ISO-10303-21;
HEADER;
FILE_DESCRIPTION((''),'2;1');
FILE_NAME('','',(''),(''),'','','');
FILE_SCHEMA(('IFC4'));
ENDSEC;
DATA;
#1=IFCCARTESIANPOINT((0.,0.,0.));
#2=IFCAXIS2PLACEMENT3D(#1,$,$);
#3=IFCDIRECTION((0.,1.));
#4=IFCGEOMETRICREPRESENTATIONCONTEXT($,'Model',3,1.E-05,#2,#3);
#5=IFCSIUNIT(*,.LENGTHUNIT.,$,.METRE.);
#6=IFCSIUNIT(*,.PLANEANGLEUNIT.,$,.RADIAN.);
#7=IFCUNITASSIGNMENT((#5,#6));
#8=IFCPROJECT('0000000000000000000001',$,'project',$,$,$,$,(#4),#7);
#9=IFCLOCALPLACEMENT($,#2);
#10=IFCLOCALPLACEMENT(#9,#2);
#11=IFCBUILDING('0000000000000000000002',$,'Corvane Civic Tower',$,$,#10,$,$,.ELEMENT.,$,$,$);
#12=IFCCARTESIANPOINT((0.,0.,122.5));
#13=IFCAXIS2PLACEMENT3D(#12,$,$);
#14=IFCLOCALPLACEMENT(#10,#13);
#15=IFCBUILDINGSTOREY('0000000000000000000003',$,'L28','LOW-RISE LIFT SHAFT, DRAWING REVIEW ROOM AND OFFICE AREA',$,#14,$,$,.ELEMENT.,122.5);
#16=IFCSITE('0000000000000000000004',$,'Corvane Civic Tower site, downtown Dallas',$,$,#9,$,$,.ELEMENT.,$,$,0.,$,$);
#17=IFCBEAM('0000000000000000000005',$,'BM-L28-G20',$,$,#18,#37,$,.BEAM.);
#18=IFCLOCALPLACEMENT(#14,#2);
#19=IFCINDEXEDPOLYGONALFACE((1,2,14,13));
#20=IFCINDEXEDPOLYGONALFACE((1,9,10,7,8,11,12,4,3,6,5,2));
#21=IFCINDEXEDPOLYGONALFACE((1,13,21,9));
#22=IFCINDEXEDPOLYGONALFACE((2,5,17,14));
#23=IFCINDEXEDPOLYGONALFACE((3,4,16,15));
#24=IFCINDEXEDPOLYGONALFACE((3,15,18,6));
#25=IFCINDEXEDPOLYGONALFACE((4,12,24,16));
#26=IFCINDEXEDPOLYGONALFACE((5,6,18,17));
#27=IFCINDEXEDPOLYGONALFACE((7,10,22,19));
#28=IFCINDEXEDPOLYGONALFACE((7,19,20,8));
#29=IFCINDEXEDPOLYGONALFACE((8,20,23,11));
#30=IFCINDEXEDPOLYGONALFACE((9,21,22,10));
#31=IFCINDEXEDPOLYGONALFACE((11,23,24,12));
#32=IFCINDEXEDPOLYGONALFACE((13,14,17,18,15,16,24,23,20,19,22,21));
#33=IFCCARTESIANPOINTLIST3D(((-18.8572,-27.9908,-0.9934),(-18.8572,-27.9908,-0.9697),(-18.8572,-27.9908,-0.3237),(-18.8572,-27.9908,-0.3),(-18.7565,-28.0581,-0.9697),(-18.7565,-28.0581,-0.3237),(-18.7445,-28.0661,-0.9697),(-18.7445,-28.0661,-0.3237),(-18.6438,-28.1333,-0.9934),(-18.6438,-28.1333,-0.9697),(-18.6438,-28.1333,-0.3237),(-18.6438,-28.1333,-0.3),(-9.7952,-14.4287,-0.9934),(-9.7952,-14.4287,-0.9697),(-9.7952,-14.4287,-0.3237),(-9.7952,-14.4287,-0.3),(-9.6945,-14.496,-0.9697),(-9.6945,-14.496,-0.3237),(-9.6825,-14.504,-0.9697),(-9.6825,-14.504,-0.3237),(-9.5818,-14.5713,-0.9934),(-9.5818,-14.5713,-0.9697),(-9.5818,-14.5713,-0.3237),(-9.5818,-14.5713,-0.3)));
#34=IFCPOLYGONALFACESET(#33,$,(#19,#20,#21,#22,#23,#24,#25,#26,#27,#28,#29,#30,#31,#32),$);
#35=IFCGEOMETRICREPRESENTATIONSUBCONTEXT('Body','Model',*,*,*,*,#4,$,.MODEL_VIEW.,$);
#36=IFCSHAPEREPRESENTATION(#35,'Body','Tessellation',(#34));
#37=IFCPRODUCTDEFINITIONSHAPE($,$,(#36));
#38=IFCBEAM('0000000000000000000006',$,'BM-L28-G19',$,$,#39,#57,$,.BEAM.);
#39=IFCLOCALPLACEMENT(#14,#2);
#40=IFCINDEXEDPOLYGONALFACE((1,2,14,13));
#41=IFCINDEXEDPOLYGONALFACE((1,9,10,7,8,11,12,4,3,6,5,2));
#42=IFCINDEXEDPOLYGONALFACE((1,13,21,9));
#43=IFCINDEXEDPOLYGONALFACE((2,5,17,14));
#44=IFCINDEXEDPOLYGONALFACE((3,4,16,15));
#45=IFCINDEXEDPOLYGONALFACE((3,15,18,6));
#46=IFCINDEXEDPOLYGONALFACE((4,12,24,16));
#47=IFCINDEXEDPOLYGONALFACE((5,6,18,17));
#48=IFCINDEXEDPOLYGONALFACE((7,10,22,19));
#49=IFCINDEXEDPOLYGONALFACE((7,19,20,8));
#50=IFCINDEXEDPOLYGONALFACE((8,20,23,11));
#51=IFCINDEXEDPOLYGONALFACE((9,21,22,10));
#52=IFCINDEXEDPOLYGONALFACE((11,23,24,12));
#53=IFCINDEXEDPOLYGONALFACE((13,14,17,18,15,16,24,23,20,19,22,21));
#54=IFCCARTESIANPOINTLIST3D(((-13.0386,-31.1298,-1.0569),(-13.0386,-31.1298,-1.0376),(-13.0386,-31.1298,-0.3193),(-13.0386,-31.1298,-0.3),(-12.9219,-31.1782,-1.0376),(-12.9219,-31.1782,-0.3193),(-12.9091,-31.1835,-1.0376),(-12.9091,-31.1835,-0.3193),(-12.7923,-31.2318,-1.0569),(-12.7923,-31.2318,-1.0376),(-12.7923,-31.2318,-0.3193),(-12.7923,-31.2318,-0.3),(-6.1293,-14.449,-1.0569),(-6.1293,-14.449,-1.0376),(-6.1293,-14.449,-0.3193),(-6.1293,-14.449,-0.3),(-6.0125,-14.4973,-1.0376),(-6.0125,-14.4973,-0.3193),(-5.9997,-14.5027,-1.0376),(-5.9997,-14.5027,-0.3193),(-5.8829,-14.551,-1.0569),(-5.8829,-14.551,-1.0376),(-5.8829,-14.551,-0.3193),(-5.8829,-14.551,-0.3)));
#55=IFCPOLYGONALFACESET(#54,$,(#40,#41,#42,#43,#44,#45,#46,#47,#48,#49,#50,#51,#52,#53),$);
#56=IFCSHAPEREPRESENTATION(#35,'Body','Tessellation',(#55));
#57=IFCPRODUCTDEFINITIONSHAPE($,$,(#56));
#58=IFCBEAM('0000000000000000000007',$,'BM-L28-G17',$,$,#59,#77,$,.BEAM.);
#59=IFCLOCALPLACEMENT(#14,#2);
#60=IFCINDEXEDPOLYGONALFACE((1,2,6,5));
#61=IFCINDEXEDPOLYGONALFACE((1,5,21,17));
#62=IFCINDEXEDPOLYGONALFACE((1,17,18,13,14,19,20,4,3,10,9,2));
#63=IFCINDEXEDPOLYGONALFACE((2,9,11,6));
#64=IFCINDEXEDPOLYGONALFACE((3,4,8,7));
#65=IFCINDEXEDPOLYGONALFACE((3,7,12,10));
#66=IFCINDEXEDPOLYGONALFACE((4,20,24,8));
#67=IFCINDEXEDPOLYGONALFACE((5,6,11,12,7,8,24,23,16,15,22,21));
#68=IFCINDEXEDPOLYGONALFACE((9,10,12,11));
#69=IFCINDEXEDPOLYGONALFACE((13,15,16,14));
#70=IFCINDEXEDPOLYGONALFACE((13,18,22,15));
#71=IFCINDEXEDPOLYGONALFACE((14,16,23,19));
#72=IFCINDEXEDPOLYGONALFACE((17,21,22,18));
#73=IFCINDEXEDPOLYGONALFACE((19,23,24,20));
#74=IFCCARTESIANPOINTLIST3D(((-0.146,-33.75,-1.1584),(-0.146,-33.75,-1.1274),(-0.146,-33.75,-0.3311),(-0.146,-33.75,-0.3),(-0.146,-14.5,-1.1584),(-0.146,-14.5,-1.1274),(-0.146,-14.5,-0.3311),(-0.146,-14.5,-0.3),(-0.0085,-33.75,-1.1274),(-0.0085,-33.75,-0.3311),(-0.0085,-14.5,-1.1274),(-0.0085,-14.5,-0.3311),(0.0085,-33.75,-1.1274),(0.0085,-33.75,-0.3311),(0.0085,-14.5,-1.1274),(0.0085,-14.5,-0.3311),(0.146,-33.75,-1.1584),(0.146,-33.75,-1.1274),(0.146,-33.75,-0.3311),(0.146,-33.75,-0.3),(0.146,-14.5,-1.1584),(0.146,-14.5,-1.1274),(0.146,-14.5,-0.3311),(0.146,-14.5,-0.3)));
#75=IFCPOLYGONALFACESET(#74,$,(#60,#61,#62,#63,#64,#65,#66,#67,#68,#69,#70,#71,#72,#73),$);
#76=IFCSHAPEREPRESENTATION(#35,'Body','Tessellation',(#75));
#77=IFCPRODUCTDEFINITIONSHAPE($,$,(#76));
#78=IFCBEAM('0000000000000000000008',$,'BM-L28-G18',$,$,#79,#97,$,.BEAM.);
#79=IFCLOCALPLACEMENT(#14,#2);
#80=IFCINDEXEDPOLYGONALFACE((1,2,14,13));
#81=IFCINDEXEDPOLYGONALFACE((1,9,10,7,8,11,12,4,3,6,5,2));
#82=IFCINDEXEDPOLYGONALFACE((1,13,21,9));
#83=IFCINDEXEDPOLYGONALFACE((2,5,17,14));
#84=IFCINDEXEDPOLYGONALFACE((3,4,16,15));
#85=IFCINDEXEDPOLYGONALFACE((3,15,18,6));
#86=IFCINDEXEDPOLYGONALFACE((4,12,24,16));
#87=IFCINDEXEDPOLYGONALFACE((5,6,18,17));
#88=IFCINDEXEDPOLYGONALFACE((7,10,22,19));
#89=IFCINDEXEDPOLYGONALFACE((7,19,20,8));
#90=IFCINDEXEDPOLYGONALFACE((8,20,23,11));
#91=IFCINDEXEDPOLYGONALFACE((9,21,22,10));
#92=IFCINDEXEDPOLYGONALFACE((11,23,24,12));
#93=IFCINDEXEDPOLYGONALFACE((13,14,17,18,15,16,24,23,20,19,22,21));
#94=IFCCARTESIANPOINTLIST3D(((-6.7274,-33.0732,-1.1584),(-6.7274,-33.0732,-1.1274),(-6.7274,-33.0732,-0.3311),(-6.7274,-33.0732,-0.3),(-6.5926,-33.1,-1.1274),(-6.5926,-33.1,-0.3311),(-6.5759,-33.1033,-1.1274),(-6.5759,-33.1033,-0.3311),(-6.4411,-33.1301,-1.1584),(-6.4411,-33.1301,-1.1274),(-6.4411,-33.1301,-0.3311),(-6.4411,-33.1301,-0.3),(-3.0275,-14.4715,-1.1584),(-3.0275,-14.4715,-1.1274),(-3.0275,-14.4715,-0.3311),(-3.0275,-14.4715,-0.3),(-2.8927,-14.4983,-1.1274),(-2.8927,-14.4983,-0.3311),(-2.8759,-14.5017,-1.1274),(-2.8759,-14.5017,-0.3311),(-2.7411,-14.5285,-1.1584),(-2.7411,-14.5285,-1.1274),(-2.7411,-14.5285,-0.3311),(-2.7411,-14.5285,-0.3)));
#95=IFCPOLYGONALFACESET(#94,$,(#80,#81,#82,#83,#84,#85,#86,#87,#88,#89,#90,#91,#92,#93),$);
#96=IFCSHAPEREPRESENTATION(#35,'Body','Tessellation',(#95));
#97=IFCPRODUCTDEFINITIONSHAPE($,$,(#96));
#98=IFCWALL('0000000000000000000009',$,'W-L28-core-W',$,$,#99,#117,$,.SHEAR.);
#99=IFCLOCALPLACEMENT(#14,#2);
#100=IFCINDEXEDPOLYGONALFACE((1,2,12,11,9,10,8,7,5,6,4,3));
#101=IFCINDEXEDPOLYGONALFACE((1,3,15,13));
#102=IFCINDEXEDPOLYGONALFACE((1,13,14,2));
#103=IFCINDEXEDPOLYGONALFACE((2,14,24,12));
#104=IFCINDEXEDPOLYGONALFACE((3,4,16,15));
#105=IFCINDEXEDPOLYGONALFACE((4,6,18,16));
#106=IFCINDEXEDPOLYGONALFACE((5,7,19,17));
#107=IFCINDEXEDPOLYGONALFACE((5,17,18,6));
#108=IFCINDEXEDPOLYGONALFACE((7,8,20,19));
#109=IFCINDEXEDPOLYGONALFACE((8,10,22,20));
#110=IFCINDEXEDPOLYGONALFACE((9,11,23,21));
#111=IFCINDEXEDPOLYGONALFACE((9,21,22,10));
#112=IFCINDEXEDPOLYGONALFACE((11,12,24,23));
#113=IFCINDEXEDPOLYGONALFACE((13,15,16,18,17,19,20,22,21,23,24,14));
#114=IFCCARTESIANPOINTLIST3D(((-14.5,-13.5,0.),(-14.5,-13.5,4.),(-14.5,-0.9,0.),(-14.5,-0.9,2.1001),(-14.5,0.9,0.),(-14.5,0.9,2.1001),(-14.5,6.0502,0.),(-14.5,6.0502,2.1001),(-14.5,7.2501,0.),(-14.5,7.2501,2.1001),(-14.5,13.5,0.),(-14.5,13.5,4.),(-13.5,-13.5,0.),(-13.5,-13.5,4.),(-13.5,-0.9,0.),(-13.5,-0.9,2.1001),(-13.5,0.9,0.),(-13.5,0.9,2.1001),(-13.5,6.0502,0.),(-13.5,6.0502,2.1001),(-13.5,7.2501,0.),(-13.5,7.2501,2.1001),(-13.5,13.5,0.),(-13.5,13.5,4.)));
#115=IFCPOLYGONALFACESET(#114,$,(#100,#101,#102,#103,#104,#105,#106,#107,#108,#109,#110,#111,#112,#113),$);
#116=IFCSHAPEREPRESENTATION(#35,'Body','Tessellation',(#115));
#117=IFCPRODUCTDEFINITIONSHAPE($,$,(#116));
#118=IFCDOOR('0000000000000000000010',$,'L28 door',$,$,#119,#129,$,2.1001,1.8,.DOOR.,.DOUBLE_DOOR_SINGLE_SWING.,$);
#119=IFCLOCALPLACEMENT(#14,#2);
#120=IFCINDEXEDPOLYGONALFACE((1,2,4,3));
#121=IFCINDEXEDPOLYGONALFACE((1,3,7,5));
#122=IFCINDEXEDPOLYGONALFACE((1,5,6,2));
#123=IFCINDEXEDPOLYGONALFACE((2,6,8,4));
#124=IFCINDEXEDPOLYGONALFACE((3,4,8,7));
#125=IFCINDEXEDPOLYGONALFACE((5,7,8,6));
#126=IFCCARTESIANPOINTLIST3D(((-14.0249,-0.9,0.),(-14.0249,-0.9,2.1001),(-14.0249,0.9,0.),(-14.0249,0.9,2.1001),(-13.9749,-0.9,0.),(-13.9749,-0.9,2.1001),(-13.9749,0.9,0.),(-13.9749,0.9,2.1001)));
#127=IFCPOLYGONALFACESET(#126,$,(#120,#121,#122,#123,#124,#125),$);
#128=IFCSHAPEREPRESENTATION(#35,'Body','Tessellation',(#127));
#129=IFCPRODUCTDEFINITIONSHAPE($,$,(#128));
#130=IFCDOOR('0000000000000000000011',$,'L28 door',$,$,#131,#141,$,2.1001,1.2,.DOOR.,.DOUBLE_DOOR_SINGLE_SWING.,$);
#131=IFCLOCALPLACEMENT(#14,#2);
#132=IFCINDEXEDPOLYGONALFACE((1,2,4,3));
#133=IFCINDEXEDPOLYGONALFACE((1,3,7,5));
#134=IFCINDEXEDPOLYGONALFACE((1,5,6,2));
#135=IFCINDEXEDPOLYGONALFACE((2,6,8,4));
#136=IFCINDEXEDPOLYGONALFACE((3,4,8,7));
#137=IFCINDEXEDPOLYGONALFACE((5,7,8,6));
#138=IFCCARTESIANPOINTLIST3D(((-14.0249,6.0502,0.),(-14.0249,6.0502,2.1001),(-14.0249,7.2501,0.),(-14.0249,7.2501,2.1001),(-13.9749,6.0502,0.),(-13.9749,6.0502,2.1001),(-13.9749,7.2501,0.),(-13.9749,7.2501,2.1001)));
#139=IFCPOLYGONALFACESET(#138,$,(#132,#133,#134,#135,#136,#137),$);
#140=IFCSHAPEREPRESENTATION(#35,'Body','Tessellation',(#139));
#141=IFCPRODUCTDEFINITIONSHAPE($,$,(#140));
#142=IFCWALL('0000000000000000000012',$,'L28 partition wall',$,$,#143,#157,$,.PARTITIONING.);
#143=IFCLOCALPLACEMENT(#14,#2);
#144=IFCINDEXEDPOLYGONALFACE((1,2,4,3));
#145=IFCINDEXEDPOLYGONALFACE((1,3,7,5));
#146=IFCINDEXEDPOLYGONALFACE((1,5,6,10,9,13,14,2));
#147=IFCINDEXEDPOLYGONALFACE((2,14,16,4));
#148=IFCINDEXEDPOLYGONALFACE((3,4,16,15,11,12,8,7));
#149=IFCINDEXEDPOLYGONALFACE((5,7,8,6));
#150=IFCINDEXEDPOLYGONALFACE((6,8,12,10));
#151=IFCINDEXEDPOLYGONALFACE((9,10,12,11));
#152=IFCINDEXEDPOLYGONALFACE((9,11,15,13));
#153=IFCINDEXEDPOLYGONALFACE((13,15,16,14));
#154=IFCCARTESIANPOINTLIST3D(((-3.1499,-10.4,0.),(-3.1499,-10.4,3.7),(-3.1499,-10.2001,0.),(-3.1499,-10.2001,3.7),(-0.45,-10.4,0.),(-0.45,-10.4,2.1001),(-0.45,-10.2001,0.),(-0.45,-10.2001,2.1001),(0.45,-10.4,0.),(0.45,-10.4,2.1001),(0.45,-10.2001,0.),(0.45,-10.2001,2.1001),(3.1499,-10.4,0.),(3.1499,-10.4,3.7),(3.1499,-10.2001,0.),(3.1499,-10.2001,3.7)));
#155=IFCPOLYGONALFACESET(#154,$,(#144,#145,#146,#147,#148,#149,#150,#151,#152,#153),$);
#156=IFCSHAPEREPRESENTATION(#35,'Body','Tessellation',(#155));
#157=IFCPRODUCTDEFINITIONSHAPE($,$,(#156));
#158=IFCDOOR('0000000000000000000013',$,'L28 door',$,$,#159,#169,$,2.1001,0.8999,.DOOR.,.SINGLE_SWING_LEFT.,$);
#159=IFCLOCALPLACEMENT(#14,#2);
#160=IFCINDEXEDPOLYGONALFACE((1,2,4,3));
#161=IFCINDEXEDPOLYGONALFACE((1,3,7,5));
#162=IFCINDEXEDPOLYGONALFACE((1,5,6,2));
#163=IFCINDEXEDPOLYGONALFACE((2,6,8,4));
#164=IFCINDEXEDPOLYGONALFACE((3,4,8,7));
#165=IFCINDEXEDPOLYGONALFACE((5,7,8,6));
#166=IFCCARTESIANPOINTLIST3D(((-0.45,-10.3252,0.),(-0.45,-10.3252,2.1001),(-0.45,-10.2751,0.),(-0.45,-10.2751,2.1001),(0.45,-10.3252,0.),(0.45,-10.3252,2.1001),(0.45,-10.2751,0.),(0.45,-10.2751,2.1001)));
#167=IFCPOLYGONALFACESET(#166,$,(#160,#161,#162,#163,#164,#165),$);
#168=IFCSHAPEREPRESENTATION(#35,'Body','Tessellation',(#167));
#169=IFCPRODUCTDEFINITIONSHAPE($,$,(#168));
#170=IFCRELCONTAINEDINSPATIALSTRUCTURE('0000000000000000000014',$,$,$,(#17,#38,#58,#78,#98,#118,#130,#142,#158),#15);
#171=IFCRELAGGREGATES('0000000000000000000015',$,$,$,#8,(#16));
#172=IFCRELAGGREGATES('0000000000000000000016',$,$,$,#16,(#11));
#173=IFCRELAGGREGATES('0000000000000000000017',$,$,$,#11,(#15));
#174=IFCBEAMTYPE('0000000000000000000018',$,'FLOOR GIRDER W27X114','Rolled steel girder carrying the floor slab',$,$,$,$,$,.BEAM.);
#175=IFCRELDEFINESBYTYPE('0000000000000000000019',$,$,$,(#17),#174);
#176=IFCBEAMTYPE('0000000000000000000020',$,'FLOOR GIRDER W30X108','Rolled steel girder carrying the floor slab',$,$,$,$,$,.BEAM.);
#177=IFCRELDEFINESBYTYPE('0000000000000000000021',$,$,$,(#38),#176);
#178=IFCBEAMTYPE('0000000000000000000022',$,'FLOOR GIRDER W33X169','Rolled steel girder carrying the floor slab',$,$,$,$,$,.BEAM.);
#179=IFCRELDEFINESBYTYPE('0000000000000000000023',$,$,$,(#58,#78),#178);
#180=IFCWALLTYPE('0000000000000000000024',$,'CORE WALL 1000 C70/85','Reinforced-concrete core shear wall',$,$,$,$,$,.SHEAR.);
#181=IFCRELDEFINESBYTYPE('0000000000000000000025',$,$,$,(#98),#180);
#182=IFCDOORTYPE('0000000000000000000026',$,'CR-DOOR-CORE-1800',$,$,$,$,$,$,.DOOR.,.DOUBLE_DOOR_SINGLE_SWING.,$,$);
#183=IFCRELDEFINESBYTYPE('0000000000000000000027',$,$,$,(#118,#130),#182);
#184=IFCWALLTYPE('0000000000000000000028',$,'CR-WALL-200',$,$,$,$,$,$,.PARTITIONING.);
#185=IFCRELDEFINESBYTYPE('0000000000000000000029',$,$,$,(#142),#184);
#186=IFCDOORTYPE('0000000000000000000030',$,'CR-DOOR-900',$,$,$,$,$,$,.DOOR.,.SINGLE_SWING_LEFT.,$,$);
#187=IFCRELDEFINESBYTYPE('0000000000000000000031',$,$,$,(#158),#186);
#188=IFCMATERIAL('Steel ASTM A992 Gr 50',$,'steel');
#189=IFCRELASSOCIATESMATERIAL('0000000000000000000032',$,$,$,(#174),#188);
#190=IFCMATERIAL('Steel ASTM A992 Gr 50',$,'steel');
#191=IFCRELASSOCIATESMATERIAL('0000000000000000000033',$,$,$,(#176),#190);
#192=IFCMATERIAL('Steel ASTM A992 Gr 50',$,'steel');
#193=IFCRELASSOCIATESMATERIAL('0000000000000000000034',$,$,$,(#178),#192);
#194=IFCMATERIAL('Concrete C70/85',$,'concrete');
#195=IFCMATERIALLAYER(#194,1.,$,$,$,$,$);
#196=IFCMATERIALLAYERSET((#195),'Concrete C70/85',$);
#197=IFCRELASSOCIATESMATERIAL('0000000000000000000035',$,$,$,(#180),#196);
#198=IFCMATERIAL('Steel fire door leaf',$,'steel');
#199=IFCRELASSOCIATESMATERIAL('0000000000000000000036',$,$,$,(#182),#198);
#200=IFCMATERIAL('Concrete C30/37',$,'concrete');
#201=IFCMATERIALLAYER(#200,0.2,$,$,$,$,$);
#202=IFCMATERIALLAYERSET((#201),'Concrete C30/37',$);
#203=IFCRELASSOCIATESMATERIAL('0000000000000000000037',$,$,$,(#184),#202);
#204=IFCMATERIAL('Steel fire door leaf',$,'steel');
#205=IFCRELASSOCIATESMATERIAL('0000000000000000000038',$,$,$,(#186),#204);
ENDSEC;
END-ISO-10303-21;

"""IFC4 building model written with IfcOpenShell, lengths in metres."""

from ifc_helpers import new_model, si_unit, direction, frame, frame_2d, origin, origin_2d, place, context, subcontext, project, spatial, rectangle, i_section, extrude, material, layer, layer_set, material_profile, profile_set, type_object, element, fill, save


model = new_model("IFC4")

# Units and contexts
model_context = context("Model", 3, precision=1e-05, world=origin(), true_north=direction((0.0, 1.0)))
body_context = subcontext(model_context, "Body", "Model", "MODEL_VIEW")
ifc_project = project(units=[si_unit("LENGTHUNIT", "METRE"), si_unit("PLANEANGLEUNIT", "RADIAN")], contexts=[model_context])

# Site, building, storey
site_placement = place(None, origin())
site = spatial("IfcSite", under=ifc_project, at=site_placement, Name="Corvane Civic Tower site, downtown Dallas", CompositionType="ELEMENT", RefElevation=0.0)
building_placement = place(site_placement, origin())
building = spatial("IfcBuilding", under=site, at=building_placement, Name="Corvane Civic Tower", CompositionType="ELEMENT")
storey_placement = place(building_placement, frame((0.0, 0.0, 122.5)))
storey = spatial("IfcBuildingStorey", under=building, at=storey_placement, Name="L28", Description="LOW-RISE LIFT SHAFT, DRAWING REVIEW ROOM AND OFFICE AREA", CompositionType="ELEMENT", Elevation=122.5)

# Beams
ifc_material_1 = material(Name="Steel ASTM A992 Gr 50", Category="steel")
ifc_material_profile_1 = material_profile(ifc_material_1, i_section(OverallWidth=0.2566, OverallDepth=0.6934, WebThickness=0.0144, FlangeThickness=0.0237, at=origin_2d()), Name="W27X114")
ifc_profile_set_1 = profile_set([ifc_material_profile_1], Name="Steel ASTM A992 Gr 50")
beam_type_1 = type_object("IfcBeamType", Name="FLOOR GIRDER W27X114", Description="Rolled steel girder carrying the floor slab", PredefinedType="BEAM", material=ifc_profile_set_1)
beam_1_placement = place(storey_placement, frame((-9.6885, -14.5, -0.6467), z_axis=(-0.555577, -0.831465, 0.0), x_axis=(0.831465, -0.555577, 0.0)))
element("IfcBeam", 1, at=beam_1_placement, inside=storey, type_object=beam_type_1, Name="BM-L28-G20", PredefinedType="BEAM", context=body_context, shape_type="SweptSolid", body=[
    extrude(i_section(OverallWidth=0.2566, OverallDepth=0.6934, WebThickness=0.0144, FlangeThickness=0.0237, at=origin_2d()), origin(), (0.0, 0.0, 1.0), 16.311),
])
ifc_material_2 = material(Name="Steel ASTM A992 Gr 50", Category="steel")
ifc_material_profile_2 = material_profile(ifc_material_2, i_section(OverallWidth=0.2666, OverallDepth=0.7568, WebThickness=0.0139, FlangeThickness=0.0193, at=origin_2d()), Name="W30X108")
ifc_profile_set_2 = profile_set([ifc_material_profile_2], Name="Steel ASTM A992 Gr 50")
beam_type_2 = type_object("IfcBeamType", Name="FLOOR GIRDER W30X108", Description="Rolled steel girder carrying the floor slab", PredefinedType="BEAM", material=ifc_profile_set_2)
beam_2_placement = place(storey_placement, frame((-6.0061, -14.5, -0.6785), z_axis=(-0.382682, -0.92388, 0.0), x_axis=(0.92388, -0.382682, 0.0)))
element("IfcBeam", 2, at=beam_2_placement, inside=storey, type_object=beam_type_2, Name="BM-L28-G19", PredefinedType="BEAM", context=body_context, shape_type="SweptSolid", body=[
    extrude(i_section(OverallWidth=0.2666, OverallDepth=0.7568, WebThickness=0.0139, FlangeThickness=0.0193, at=origin_2d()), origin(), (0.0, 0.0, 1.0), 18.0552),
])
ifc_material_3 = material(Name="Steel ASTM A992 Gr 50", Category="steel")
ifc_material_profile_3 = material_profile(ifc_material_3, i_section(OverallWidth=0.292, OverallDepth=0.8584, WebThickness=0.0171, FlangeThickness=0.031, at=origin_2d()), Name="W33X169")
ifc_profile_set_3 = profile_set([ifc_material_profile_3], Name="Steel ASTM A992 Gr 50")
beam_type_3 = type_object("IfcBeamType", Name="FLOOR GIRDER W33X169", Description="Rolled steel girder carrying the floor slab", PredefinedType="BEAM", material=ifc_profile_set_3)
beam_3_placement = place(storey_placement, frame((0.0, -14.5, -0.7292), z_axis=(0.0, -1.0, 0.0), x_axis=(1.0, 0.0, 0.0)))
element("IfcBeam", 3, at=beam_3_placement, inside=storey, type_object=beam_type_3, Name="BM-L28-G17", PredefinedType="BEAM", context=body_context, shape_type="SweptSolid", body=[
    extrude(i_section(OverallWidth=0.292, OverallDepth=0.8584, WebThickness=0.0171, FlangeThickness=0.031, at=origin_2d()), origin(), (0.0, 0.0, 1.0), 19.25),
])
beam_4_placement = place(storey_placement, frame((-2.8843, -14.5, -0.7292), z_axis=(-0.195084, -0.980787, 0.0), x_axis=(0.980787, -0.195084, 0.0)))
element("IfcBeam", 4, at=beam_4_placement, inside=storey, type_object=beam_type_3, Name="BM-L28-G18", PredefinedType="BEAM", context=body_context, shape_type="SweptSolid", body=[
    extrude(i_section(OverallWidth=0.292, OverallDepth=0.8584, WebThickness=0.0171, FlangeThickness=0.031, at=origin_2d()), origin(), (0.0, 0.0, 1.0), 18.9661),
])

# Wall, openings, doors
ifc_material_4 = material(Name="Concrete C70/85", Category="concrete")
ifc_layer_1 = layer(ifc_material_4, 1.0)
ifc_layer_set_1 = layer_set([ifc_layer_1], Name="Concrete C70/85")
wall_type_1 = type_object("IfcWallType", Name="CORE WALL 1000 C70/85", Description="Reinforced-concrete core shear wall", PredefinedType="SHEAR", material=ifc_layer_set_1)
wall_1_placement = place(storey_placement, frame((-14.0, -13.5, 0.0), z_axis=(0.0, 0.0, 1.0), x_axis=(0.0, 1.0, 0.0)))
wall_1 = element("IfcWall", 5, at=wall_1_placement, inside=storey, type_object=wall_type_1, Name="W-L28-core-W", PredefinedType="SHEAR", context=body_context, shape_type="SweptSolid", body=[
    extrude(rectangle(XDim=27.0, YDim=1.0, at=frame_2d((13.5, 0.0))), origin(), (0.0, 0.0, 1.0), 4.0),
])
opening_1_placement = place(wall_1_placement, frame((12.6001, 0.0, 0.0)))
opening_1 = element("IfcOpeningElement", 6, at=opening_1_placement, cuts=wall_1, PredefinedType="OPENING", context=body_context, shape_type="SweptSolid", body=[
    extrude(rectangle(XDim=1.8, YDim=2.1001, at=frame_2d((0.8999, 1.05))), frame((0.0, 0.51, 0.0), z_axis=(0.0, -1.0, 0.0), x_axis=(1.0, 0.0, 0.0)), (0.0, 0.0, 1.0), 1.02),
])
opening_2_placement = place(wall_1_placement, frame((19.55, 0.0, 0.0)))
opening_2 = element("IfcOpeningElement", 7, at=opening_2_placement, cuts=wall_1, PredefinedType="OPENING", context=body_context, shape_type="SweptSolid", body=[
    extrude(rectangle(XDim=1.2, YDim=2.1001, at=frame_2d((0.6001, 1.05))), frame((0.0, 0.51, 0.0), z_axis=(0.0, -1.0, 0.0), x_axis=(1.0, 0.0, 0.0)), (0.0, 0.0, 1.0), 1.02),
])
ifc_material_5 = material(Name="Steel fire door leaf", Category="steel")
door_type_1 = type_object("IfcDoorType", Name="CR-DOOR-CORE-1800", OperationType="DOUBLE_DOOR_SINGLE_SWING", PredefinedType="DOOR", material=ifc_material_5)
door_1_placement = place(opening_1_placement, origin())
door_1 = element("IfcDoor", 8, at=door_1_placement, inside=storey, type_object=door_type_1, Name="L28 door", OperationType="DOUBLE_DOOR_SINGLE_SWING", OverallHeight=2.1001, OverallWidth=1.8, PredefinedType="DOOR", context=body_context, shape_type="SweptSolid", body=[
    extrude(rectangle(XDim=1.8, YDim=2.1001, at=frame_2d((0.8999, 1.05))), frame((0.0, 0.0249, 0.0), z_axis=(0.0, -1.0, 0.0), x_axis=(1.0, 0.0, 0.0)), (0.0, 0.0, 1.0), 0.05),
])
fill(opening_1, door_1)
door_2_placement = place(opening_2_placement, origin())
door_2 = element("IfcDoor", 9, at=door_2_placement, inside=storey, type_object=door_type_1, Name="L28 door", OperationType="DOUBLE_DOOR_SINGLE_SWING", OverallHeight=2.1001, OverallWidth=1.2, PredefinedType="DOOR", context=body_context, shape_type="SweptSolid", body=[
    extrude(rectangle(XDim=1.2, YDim=2.1001, at=frame_2d((0.6001, 1.05))), frame((0.0, 0.0249, 0.0), z_axis=(0.0, -1.0, 0.0), x_axis=(1.0, 0.0, 0.0)), (0.0, 0.0, 1.0), 0.05),
])
fill(opening_2, door_2)

# Wall, opening, door
ifc_material_6 = material(Name="Concrete C30/37", Category="concrete")
ifc_layer_2 = layer(ifc_material_6, 0.2)
ifc_layer_set_2 = layer_set([ifc_layer_2], Name="Concrete C30/37")
wall_type_2 = type_object("IfcWallType", Name="CR-WALL-200", PredefinedType="PARTITIONING", material=ifc_layer_set_2)
wall_2_placement = place(storey_placement, frame((-3.1499, -10.3, 0.0), z_axis=(0.0, 0.0, 1.0), x_axis=(1.0, 0.0, 0.0)))
wall_2 = element("IfcWall", 10, at=wall_2_placement, inside=storey, type_object=wall_type_2, Name="L28 partition wall", PredefinedType="PARTITIONING", context=body_context, shape_type="SweptSolid", body=[
    extrude(rectangle(XDim=6.2998, YDim=0.2, at=frame_2d((3.1499, 0.0))), origin(), (0.0, 0.0, 1.0), 3.7),
])
opening_3_placement = place(wall_2_placement, frame((2.7, 0.0, 0.0)))
opening_3 = element("IfcOpeningElement", 11, at=opening_3_placement, cuts=wall_2, PredefinedType="OPENING", context=body_context, shape_type="SweptSolid", body=[
    extrude(rectangle(XDim=0.8999, YDim=2.1001, at=frame_2d((0.45, 1.05))), frame((0.0, 0.1099, 0.0), z_axis=(0.0, -1.0, 0.0), x_axis=(1.0, 0.0, 0.0)), (0.0, 0.0, 1.0), 0.22),
])
ifc_material_7 = material(Name="Steel fire door leaf", Category="steel")
door_type_2 = type_object("IfcDoorType", Name="CR-DOOR-900", OperationType="SINGLE_SWING_LEFT", PredefinedType="DOOR", material=ifc_material_7)
door_3_placement = place(opening_3_placement, origin())
door_3 = element("IfcDoor", 12, at=door_3_placement, inside=storey, type_object=door_type_2, Name="L28 door", OperationType="SINGLE_SWING_LEFT", OverallHeight=2.1001, OverallWidth=0.8999, PredefinedType="DOOR", context=body_context, shape_type="SweptSolid", body=[
    extrude(rectangle(XDim=0.8999, YDim=2.1001, at=frame_2d((0.45, 1.05))), frame((0.0, 0.0249, 0.0), z_axis=(0.0, -1.0, 0.0), x_axis=(1.0, 0.0, 0.0)), (0.0, 0.0, 1.0), 0.05),
])
fill(opening_3, door_3)

save(model, "model.ifc")
